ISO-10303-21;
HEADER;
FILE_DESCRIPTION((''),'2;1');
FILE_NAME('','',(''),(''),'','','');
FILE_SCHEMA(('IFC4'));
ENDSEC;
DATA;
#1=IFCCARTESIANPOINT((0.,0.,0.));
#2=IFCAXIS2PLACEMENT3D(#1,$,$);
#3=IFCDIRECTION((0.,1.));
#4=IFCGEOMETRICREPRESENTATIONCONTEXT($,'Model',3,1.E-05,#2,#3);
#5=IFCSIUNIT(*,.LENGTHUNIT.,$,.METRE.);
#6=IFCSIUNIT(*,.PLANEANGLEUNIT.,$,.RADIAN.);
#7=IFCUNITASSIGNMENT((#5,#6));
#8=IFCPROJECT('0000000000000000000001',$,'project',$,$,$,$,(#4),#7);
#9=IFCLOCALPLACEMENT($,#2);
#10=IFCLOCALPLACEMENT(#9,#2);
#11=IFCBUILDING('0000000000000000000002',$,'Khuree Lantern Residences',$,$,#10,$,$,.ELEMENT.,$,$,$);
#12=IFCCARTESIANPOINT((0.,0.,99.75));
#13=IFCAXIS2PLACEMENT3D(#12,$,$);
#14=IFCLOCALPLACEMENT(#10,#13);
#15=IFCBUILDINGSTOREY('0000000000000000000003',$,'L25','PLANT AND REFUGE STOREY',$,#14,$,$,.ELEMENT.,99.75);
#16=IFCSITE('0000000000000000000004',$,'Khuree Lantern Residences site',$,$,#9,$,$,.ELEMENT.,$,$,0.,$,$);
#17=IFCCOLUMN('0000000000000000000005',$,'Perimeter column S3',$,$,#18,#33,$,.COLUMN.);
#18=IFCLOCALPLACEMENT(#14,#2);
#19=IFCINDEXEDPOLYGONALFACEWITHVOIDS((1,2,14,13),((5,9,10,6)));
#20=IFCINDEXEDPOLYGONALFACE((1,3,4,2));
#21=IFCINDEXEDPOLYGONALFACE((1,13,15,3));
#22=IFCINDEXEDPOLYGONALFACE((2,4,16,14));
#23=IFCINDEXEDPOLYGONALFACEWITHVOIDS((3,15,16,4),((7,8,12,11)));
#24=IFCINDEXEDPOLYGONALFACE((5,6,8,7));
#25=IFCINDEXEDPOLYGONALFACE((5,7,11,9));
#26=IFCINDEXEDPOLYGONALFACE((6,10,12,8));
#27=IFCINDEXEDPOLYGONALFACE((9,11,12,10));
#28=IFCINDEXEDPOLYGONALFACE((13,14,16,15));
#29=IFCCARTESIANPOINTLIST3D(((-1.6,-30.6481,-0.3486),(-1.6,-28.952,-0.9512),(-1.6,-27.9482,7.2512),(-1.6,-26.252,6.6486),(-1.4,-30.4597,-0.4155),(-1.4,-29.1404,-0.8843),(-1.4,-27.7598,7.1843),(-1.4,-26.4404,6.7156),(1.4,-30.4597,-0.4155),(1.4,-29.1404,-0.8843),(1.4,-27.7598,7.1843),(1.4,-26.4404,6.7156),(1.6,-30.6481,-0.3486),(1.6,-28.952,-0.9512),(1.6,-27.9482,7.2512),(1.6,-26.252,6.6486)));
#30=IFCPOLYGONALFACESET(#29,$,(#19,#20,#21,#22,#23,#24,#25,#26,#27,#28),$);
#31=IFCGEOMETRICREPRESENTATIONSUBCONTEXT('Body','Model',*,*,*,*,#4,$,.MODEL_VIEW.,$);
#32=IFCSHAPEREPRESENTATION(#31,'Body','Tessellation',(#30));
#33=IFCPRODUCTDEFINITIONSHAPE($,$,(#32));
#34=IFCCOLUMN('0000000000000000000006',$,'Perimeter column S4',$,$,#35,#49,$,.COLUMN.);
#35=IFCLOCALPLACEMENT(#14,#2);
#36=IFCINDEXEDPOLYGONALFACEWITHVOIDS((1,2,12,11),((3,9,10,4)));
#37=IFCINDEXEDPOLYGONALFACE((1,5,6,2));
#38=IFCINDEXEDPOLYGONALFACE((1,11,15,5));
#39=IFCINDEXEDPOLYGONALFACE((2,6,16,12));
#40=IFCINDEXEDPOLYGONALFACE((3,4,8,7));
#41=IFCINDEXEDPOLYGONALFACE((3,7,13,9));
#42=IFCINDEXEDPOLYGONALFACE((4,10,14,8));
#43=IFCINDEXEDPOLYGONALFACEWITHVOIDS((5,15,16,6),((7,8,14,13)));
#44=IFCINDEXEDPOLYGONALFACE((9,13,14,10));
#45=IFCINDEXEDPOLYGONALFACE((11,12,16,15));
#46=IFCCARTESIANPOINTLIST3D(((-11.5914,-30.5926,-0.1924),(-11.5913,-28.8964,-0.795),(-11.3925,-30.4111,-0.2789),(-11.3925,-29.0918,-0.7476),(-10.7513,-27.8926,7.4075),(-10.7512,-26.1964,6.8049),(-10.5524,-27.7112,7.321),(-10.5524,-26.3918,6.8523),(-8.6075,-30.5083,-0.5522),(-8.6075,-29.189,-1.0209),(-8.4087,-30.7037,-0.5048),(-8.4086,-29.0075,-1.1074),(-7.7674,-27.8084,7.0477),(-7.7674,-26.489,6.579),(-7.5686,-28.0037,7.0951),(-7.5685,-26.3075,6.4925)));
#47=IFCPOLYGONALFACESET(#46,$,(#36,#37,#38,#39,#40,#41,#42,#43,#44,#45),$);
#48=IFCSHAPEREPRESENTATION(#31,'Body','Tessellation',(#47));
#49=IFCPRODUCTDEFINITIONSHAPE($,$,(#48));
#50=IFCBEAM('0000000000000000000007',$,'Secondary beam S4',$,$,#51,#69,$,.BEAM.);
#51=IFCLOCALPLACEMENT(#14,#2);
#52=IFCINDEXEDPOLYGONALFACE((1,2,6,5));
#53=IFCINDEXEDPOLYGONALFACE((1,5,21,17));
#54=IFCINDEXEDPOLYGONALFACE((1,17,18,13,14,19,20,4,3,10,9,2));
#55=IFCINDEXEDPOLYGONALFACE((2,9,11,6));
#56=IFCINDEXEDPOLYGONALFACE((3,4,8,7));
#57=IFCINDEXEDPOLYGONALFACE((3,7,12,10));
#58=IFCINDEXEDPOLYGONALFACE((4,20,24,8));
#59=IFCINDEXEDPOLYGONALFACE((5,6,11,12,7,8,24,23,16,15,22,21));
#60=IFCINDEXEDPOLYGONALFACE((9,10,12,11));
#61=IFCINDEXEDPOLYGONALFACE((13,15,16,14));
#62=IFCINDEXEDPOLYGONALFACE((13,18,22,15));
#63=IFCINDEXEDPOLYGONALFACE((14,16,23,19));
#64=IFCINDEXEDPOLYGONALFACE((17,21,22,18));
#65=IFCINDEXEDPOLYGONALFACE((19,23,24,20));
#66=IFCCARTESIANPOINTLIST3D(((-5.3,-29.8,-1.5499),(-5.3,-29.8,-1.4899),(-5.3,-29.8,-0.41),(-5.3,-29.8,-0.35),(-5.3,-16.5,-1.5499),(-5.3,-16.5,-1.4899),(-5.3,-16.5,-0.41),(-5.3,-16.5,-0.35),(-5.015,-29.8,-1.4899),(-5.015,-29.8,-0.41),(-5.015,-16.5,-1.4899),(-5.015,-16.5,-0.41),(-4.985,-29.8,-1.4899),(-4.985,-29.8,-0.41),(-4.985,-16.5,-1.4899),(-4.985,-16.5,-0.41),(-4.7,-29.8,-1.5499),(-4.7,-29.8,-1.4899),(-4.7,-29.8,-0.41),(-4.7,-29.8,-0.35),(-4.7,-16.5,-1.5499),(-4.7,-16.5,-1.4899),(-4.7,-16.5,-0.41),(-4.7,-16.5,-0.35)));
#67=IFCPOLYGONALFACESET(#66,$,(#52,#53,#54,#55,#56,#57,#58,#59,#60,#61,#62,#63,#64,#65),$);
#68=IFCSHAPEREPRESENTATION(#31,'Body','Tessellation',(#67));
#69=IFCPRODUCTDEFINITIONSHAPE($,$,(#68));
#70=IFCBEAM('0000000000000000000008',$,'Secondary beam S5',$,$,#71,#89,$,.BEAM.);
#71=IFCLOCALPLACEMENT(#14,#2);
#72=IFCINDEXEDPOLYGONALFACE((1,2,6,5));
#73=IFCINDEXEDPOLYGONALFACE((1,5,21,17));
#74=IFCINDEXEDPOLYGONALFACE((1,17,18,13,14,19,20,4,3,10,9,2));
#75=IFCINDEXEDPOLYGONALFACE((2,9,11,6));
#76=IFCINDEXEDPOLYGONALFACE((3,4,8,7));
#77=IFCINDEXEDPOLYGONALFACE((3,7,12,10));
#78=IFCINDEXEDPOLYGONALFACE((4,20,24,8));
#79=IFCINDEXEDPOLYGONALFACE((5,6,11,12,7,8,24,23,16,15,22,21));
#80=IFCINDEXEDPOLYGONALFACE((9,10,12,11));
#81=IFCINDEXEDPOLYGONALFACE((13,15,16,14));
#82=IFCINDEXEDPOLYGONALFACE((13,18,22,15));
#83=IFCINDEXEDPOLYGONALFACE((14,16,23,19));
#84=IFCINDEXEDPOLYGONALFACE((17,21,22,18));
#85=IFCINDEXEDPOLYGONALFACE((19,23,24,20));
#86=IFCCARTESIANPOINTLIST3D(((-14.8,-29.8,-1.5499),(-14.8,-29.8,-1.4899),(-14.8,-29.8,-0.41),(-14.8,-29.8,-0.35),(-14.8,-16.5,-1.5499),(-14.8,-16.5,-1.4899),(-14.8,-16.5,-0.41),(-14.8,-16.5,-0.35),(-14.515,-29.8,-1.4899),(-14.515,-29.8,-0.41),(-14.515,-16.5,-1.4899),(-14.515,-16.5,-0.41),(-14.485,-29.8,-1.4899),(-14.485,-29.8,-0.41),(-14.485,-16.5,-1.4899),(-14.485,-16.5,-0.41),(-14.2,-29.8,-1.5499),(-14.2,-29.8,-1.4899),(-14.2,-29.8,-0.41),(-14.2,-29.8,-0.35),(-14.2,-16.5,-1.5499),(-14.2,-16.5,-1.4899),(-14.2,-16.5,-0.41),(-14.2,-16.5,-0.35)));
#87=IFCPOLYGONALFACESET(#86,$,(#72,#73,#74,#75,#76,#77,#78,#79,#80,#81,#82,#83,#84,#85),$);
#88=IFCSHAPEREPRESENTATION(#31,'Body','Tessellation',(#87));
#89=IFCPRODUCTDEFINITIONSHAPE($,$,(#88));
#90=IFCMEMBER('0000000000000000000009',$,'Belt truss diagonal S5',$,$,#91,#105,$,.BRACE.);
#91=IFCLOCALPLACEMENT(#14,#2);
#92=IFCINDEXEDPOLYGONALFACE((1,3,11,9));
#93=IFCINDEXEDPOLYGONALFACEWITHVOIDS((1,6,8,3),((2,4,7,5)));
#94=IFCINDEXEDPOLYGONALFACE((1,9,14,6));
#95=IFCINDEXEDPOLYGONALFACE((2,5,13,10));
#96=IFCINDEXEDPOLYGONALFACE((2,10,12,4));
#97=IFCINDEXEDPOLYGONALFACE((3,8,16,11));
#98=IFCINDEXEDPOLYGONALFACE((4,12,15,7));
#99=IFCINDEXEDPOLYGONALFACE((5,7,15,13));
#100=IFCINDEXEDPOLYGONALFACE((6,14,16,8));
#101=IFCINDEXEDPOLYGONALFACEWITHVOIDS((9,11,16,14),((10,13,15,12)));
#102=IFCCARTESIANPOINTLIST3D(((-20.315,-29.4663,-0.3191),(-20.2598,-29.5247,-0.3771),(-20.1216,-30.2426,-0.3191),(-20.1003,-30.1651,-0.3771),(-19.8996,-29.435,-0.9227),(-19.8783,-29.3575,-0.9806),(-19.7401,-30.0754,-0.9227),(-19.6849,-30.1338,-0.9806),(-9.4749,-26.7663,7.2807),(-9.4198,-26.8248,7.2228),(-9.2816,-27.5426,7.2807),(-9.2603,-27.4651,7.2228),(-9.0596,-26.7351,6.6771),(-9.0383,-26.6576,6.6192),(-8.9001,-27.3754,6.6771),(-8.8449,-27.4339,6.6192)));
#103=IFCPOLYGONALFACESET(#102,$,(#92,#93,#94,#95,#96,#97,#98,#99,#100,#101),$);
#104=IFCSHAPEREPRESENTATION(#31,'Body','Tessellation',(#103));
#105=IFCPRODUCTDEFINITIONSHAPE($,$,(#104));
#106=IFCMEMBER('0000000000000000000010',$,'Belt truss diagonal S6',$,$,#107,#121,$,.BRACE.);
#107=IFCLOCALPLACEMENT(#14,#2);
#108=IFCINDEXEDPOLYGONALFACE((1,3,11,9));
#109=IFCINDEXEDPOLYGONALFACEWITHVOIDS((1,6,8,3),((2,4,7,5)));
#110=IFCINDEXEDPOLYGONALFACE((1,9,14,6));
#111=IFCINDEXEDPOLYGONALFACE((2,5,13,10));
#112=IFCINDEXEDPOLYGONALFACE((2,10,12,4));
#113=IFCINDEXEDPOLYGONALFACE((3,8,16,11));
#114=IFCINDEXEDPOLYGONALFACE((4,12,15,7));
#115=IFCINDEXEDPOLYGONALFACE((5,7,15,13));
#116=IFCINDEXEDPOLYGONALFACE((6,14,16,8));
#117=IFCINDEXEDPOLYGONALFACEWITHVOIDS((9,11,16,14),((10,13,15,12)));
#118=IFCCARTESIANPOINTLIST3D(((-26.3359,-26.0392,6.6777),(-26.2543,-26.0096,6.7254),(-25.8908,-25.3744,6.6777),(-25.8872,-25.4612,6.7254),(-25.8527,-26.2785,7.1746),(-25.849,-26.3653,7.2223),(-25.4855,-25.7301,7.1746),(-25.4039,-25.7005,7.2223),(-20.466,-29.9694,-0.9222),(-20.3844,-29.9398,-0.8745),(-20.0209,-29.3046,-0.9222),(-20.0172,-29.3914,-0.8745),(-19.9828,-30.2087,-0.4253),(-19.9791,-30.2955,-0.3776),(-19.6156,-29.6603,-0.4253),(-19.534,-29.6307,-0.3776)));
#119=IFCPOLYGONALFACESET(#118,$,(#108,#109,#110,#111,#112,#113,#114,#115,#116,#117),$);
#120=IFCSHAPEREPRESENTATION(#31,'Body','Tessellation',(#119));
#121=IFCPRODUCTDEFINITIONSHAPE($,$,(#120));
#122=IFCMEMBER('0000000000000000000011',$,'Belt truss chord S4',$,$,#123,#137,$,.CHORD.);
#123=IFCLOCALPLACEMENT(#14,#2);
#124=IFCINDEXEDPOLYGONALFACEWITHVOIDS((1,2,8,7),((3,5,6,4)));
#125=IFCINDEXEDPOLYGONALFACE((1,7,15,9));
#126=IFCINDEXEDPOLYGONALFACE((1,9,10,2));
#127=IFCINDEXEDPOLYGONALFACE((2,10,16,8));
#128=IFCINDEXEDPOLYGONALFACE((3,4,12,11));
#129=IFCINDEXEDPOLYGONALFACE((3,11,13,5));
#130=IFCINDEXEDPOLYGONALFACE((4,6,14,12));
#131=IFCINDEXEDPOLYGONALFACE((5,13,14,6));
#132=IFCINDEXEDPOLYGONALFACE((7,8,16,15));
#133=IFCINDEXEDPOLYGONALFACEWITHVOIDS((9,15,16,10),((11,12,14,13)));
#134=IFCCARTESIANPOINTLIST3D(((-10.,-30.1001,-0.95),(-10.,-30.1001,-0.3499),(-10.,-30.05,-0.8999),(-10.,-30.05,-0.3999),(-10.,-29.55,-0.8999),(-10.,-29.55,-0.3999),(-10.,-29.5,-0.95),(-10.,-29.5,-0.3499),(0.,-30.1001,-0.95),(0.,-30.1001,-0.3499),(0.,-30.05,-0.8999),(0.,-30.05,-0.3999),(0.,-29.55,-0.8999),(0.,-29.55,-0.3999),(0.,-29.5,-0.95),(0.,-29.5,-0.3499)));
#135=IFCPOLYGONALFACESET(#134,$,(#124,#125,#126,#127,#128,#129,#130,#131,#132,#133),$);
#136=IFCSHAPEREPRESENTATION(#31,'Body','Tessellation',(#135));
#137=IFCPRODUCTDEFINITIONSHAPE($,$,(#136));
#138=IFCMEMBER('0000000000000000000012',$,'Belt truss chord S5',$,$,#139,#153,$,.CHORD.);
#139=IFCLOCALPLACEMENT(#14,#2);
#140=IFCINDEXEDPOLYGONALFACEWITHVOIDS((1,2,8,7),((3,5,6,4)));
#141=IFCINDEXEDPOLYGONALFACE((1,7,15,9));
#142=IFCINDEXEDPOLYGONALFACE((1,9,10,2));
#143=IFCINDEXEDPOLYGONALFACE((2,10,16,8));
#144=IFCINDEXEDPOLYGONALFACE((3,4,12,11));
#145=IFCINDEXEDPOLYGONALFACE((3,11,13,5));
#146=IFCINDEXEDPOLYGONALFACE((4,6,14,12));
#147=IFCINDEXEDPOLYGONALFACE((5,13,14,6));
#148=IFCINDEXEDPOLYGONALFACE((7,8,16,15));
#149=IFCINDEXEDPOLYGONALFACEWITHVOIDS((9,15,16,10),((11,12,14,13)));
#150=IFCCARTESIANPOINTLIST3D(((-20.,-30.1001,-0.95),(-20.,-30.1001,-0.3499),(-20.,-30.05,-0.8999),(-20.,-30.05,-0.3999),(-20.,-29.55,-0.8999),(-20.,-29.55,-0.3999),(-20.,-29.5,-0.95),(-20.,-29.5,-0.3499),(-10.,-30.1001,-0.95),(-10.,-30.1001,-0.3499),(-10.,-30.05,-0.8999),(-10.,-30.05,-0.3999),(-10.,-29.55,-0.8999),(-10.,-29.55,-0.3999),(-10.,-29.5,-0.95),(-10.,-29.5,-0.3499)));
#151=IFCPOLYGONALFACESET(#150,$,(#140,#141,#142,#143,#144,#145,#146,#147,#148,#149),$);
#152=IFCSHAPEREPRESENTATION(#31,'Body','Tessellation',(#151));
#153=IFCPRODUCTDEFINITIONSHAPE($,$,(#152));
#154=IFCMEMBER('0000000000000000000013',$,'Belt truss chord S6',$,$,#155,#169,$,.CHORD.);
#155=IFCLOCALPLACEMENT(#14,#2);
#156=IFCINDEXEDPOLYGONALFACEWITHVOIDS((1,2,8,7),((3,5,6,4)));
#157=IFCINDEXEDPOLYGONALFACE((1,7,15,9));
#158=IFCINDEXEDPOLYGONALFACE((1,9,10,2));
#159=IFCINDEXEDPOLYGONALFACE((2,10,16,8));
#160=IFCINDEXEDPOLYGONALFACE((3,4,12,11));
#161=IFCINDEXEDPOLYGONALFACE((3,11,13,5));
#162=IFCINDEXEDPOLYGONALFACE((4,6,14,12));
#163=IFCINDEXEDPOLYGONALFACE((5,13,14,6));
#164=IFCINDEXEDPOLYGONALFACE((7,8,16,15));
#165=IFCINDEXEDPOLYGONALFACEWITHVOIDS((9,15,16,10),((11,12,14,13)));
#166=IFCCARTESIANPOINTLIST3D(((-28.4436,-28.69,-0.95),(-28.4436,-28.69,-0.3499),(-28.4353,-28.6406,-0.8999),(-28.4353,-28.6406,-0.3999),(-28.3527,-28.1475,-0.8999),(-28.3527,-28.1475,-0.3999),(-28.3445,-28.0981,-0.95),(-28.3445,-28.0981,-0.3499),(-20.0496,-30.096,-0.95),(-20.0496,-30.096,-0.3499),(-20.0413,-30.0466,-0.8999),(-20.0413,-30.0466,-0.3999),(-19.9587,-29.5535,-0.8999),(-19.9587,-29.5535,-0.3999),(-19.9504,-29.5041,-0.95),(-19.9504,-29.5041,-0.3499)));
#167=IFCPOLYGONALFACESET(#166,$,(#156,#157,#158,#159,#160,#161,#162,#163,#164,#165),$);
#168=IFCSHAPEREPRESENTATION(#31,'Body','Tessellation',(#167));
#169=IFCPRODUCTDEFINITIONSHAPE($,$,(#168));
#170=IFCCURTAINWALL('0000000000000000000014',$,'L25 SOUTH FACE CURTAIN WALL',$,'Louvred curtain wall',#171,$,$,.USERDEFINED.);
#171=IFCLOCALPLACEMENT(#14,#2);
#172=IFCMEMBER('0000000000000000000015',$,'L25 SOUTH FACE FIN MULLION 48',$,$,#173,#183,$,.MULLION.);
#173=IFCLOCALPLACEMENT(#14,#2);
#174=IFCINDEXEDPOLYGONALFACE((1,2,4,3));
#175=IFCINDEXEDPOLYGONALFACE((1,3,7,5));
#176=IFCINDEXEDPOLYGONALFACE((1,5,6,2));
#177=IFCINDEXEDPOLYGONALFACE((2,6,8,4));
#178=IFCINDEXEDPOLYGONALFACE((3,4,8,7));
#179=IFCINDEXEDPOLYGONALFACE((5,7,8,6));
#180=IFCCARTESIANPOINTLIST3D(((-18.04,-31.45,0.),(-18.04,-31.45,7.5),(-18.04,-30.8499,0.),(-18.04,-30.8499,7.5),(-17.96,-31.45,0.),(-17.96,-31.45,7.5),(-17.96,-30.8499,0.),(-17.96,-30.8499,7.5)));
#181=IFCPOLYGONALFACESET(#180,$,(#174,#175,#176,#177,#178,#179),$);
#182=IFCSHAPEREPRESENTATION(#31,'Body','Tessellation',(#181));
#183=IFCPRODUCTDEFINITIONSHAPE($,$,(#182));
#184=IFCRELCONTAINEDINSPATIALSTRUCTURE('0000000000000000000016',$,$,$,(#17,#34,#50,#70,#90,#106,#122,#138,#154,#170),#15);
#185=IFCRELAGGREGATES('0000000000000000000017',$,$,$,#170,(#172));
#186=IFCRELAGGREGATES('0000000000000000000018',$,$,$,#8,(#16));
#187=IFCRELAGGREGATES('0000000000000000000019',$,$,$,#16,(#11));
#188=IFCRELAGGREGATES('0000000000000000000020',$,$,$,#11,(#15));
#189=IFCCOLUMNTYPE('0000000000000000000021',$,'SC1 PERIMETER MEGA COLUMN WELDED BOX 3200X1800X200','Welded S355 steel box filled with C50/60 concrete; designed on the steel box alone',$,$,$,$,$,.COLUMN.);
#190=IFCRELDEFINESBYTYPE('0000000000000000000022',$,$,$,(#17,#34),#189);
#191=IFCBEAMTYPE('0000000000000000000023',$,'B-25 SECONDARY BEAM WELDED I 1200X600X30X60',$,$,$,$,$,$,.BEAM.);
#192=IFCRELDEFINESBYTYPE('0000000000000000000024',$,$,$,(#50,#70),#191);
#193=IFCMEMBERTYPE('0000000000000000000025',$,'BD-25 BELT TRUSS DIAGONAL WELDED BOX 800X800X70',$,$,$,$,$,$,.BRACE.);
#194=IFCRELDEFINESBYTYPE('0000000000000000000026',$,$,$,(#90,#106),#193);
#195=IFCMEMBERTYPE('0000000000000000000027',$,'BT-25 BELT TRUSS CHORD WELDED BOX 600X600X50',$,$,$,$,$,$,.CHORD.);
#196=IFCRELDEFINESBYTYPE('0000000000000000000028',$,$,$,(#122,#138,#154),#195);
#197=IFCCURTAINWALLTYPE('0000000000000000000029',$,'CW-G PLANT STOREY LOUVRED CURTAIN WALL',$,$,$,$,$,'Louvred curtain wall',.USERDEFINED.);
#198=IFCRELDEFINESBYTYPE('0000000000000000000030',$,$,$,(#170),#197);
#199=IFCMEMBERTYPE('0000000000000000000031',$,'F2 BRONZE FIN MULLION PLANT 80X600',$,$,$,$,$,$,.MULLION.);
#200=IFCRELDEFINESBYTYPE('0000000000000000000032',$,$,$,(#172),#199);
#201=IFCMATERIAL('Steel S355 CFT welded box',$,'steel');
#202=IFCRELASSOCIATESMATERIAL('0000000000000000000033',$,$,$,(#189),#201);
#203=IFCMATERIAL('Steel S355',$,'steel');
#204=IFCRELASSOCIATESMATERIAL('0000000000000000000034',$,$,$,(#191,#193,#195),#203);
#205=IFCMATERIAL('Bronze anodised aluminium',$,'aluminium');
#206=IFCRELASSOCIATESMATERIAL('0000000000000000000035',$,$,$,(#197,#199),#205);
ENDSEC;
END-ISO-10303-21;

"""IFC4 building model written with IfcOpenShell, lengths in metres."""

from ifc_helpers import new_model, si_unit, direction, frame, origin, origin_2d, place, context, subcontext, project, spatial, rectangle, hollow_rectangle, i_section, extrude, material, material_profile, profile_set, type_object, element, aggregate, save


model = new_model("IFC4")

# Units and contexts
model_context = context("Model", 3, precision=1e-05, world=origin(), true_north=direction((0.0, 1.0)))
body_context = subcontext(model_context, "Body", "Model", "MODEL_VIEW")
ifc_project = project(units=[si_unit("LENGTHUNIT", "METRE"), si_unit("PLANEANGLEUNIT", "RADIAN")], contexts=[model_context])

# Site, building, storey
site_placement = place(None, origin())
site = spatial("IfcSite", under=ifc_project, at=site_placement, Name="Khuree Lantern Residences site", CompositionType="ELEMENT", RefElevation=0.0)
building_placement = place(site_placement, origin())
building = spatial("IfcBuilding", under=site, at=building_placement, Name="Khuree Lantern Residences", CompositionType="ELEMENT")
storey_placement = place(building_placement, frame((0.0, 0.0, 99.75)))
storey = spatial("IfcBuildingStorey", under=building, at=storey_placement, Name="L25", Description="PLANT AND REFUGE STOREY", CompositionType="ELEMENT", Elevation=99.75)

# Columns
ifc_material_1 = material(Name="Steel S355 CFT welded box", Category="steel")
ifc_material_profile_1 = material_profile(ifc_material_1, hollow_rectangle(XDim=3.2, YDim=1.8, WallThickness=0.2, at=origin_2d()), Name="WELDED BOX 3200X1800X200")
ifc_profile_set_1 = profile_set([ifc_material_profile_1], Name="Steel S355 CFT welded box")
column_type = type_object("IfcColumnType", Name="SC1 PERIMETER MEGA COLUMN WELDED BOX 3200X1800X200", Description="Welded S355 steel box filled with C50/60 concrete; designed on the steel box alone", PredefinedType="COLUMN", material=ifc_profile_set_1)
column_1_placement = place(storey_placement, frame((0.0, -29.8, -0.6499), z_axis=(0.0, 0.334765, 0.942302), x_axis=(1.0, 0.0, 0.0)))
element("IfcColumn", 1, at=column_1_placement, inside=storey, type_object=column_type, Name="Perimeter column S3", PredefinedType="COLUMN", context=body_context, shape_type="SweptSolid", body=[
    extrude(hollow_rectangle(XDim=3.2, YDim=1.8, WallThickness=0.2, at=origin_2d()), origin(), (0.0, 0.0, 1.0), 8.0652),
])
column_2_placement = place(storey_placement, frame((-10.0, -29.8, -0.6499), z_axis=(0.103602, 0.332964, 0.937231), x_axis=(0.994619, -0.034713, -0.097613)))
element("IfcColumn", 2, at=column_2_placement, inside=storey, type_object=column_type, Name="Perimeter column S4", PredefinedType="COLUMN", context=body_context, shape_type="SweptSolid", body=[
    extrude(hollow_rectangle(XDim=3.2, YDim=1.8, WallThickness=0.2, at=origin_2d()), origin(), (0.0, 0.0, 1.0), 8.1089),
])

# Beams
ifc_material_2 = material(Name="Steel S355", Category="steel")
ifc_material_profile_2 = material_profile(ifc_material_2, i_section(OverallWidth=0.6001, OverallDepth=1.2, WebThickness=0.03, FlangeThickness=0.0601, at=origin_2d()), Name="WELDED I 1200X600X30X60")
ifc_profile_set_2 = profile_set([ifc_material_profile_2], Name="Steel S355")
beam_type_1 = type_object("IfcBeamType", Name="B-25 SECONDARY BEAM WELDED I 1200X600X30X60", PredefinedType="BEAM", material=ifc_profile_set_2)
for number, where, z_axis, x_axis, name in (
    (3, (-5.0, -29.8, -0.95), (0.0, 1.0, 0.0), (-1.0, 0.0, 0.0), "Secondary beam S4"),
    (4, (-14.5, -29.8, -0.95), (0.0, 1.0, 0.0), (-1.0, 0.0, 0.0), "Secondary beam S5"),
):
    element("IfcBeam", number, at=place(storey_placement, frame(where, z_axis=z_axis, x_axis=x_axis)), inside=storey, type_object=beam_type_1, Name=name, PredefinedType="BEAM", context=body_context, shape_type="SweptSolid", body=[
        extrude(i_section(OverallWidth=0.6001, OverallDepth=1.2, WebThickness=0.03, FlangeThickness=0.0601, at=origin_2d()), origin(), (0.0, 0.0, 1.0), 13.3),
    ])

# Members
ifc_material_profile_3 = material_profile(ifc_material_2, hollow_rectangle(XDim=0.8, YDim=0.8, WallThickness=0.0701, at=origin_2d()), Name="WELDED BOX 800X800X70")
ifc_profile_set_3 = profile_set([ifc_material_profile_3], Name="Steel S355")
member_type_1 = type_object("IfcMemberType", Name="BD-25 BELT TRUSS DIAGONAL WELDED BOX 800X800X70", PredefinedType="BRACE", material=ifc_profile_set_3)
member_1_placement = place(storey_placement, frame((-9.1599, -27.1001, 6.95), z_axis=(-0.802298, -0.199829, -0.562482), x_axis=(0.241687, -0.970354, 0.0)))
element("IfcMember", 5, at=member_1_placement, inside=storey, type_object=member_type_1, Name="Belt truss diagonal S5", PredefinedType="BRACE", context=body_context, shape_type="SweptSolid", body=[
    extrude(hollow_rectangle(XDim=0.8, YDim=0.8, WallThickness=0.0701, at=origin_2d()), origin(), (0.0, 0.0, 1.0), 13.5112),
])
member_2_placement = place(storey_placement, frame((-20.0, -29.8, -0.6499), z_axis=(-0.565721, 0.378779, 0.732452), x_axis=(-0.556358, -0.830943, 0.0)))
element("IfcMember", 6, at=member_2_placement, inside=storey, type_object=member_type_1, Name="Belt truss diagonal S6", PredefinedType="BRACE", context=body_context, shape_type="SweptSolid", body=[
    extrude(hollow_rectangle(XDim=0.8, YDim=0.8, WallThickness=0.0701, at=origin_2d()), origin(), (0.0, 0.0, 1.0), 10.376),
])
ifc_material_profile_4 = material_profile(ifc_material_2, hollow_rectangle(XDim=0.6001, YDim=0.6001, WallThickness=0.05, at=origin_2d()), Name="WELDED BOX 600X600X50")
ifc_profile_set_4 = profile_set([ifc_material_profile_4], Name="Steel S355")
member_type_2 = type_object("IfcMemberType", Name="BT-25 BELT TRUSS CHORD WELDED BOX 600X600X50", PredefinedType="CHORD", material=ifc_profile_set_4)
for number, where, z_axis, x_axis, name in (
    (7, (0.0, -29.8, -0.6499), (-1.0, 0.0, 0.0), (0.0, -1.0, 0.0), "Belt truss chord S4"),
    (8, (-10.0, -29.8, -0.6499), (-1.0, 0.0, 0.0), (0.0, -1.0, 0.0), "Belt truss chord S5"),
):
    element("IfcMember", number, at=place(storey_placement, frame(where, z_axis=z_axis, x_axis=x_axis)), inside=storey, type_object=member_type_2, Name=name, PredefinedType="CHORD", context=body_context, shape_type="SweptSolid", body=[
        extrude(hollow_rectangle(XDim=0.6001, YDim=0.6001, WallThickness=0.05, at=origin_2d()), origin(), (0.0, 0.0, 1.0), 10.0),
    ])
member_3_placement = place(storey_placement, frame((-20.0, -29.8, -0.6499), z_axis=(-0.98626, 0.165199, 0.0), x_axis=(-0.165199, -0.98626, 0.0)))
element("IfcMember", 9, at=member_3_placement, inside=storey, type_object=member_type_2, Name="Belt truss chord S6", PredefinedType="CHORD", context=body_context, shape_type="SweptSolid", body=[
    extrude(hollow_rectangle(XDim=0.6001, YDim=0.6001, WallThickness=0.05, at=origin_2d()), origin(), (0.0, 0.0, 1.0), 8.511),
])

# Curtain wall, member
ifc_material_3 = material(Name="Bronze anodised aluminium", Category="aluminium")
curtain_wall_type = type_object("IfcCurtainWallType", Name="CW-G PLANT STOREY LOUVRED CURTAIN WALL", ElementType="Louvred curtain wall", PredefinedType="USERDEFINED", material=ifc_material_3)
curtain_wall_placement = place(storey_placement, origin())
curtain_wall = element("IfcCurtainWall", 10, at=curtain_wall_placement, inside=storey, type_object=curtain_wall_type, Name="L25 SOUTH FACE CURTAIN WALL", ObjectType="Louvred curtain wall", PredefinedType="USERDEFINED")
ifc_material_profile_5 = material_profile(ifc_material_3, rectangle(XDim=0.0801, YDim=0.6001, at=origin_2d()), Name="F2 80X600")
ifc_profile_set_5 = profile_set([ifc_material_profile_5], Name="Bronze anodised aluminium")
member_type_3 = type_object("IfcMemberType", Name="F2 BRONZE FIN MULLION PLANT 80X600", PredefinedType="MULLION", material=ifc_profile_set_5)
member_4_placement = place(storey_placement, frame((-18.0, -31.1499, 0.0), z_axis=(0.0, 0.0, 1.0), x_axis=(1.0, 0.0, 0.0)))
member_4 = element("IfcMember", 11, at=member_4_placement, type_object=member_type_3, Name="L25 SOUTH FACE FIN MULLION 48", PredefinedType="MULLION", context=body_context, shape_type="SweptSolid", body=[
    extrude(rectangle(XDim=0.0801, YDim=0.6001, at=origin_2d()), origin(), (0.0, 0.0, 1.0), 7.5),
])

aggregate(curtain_wall, [member_4])

save(model, "model.ifc")
